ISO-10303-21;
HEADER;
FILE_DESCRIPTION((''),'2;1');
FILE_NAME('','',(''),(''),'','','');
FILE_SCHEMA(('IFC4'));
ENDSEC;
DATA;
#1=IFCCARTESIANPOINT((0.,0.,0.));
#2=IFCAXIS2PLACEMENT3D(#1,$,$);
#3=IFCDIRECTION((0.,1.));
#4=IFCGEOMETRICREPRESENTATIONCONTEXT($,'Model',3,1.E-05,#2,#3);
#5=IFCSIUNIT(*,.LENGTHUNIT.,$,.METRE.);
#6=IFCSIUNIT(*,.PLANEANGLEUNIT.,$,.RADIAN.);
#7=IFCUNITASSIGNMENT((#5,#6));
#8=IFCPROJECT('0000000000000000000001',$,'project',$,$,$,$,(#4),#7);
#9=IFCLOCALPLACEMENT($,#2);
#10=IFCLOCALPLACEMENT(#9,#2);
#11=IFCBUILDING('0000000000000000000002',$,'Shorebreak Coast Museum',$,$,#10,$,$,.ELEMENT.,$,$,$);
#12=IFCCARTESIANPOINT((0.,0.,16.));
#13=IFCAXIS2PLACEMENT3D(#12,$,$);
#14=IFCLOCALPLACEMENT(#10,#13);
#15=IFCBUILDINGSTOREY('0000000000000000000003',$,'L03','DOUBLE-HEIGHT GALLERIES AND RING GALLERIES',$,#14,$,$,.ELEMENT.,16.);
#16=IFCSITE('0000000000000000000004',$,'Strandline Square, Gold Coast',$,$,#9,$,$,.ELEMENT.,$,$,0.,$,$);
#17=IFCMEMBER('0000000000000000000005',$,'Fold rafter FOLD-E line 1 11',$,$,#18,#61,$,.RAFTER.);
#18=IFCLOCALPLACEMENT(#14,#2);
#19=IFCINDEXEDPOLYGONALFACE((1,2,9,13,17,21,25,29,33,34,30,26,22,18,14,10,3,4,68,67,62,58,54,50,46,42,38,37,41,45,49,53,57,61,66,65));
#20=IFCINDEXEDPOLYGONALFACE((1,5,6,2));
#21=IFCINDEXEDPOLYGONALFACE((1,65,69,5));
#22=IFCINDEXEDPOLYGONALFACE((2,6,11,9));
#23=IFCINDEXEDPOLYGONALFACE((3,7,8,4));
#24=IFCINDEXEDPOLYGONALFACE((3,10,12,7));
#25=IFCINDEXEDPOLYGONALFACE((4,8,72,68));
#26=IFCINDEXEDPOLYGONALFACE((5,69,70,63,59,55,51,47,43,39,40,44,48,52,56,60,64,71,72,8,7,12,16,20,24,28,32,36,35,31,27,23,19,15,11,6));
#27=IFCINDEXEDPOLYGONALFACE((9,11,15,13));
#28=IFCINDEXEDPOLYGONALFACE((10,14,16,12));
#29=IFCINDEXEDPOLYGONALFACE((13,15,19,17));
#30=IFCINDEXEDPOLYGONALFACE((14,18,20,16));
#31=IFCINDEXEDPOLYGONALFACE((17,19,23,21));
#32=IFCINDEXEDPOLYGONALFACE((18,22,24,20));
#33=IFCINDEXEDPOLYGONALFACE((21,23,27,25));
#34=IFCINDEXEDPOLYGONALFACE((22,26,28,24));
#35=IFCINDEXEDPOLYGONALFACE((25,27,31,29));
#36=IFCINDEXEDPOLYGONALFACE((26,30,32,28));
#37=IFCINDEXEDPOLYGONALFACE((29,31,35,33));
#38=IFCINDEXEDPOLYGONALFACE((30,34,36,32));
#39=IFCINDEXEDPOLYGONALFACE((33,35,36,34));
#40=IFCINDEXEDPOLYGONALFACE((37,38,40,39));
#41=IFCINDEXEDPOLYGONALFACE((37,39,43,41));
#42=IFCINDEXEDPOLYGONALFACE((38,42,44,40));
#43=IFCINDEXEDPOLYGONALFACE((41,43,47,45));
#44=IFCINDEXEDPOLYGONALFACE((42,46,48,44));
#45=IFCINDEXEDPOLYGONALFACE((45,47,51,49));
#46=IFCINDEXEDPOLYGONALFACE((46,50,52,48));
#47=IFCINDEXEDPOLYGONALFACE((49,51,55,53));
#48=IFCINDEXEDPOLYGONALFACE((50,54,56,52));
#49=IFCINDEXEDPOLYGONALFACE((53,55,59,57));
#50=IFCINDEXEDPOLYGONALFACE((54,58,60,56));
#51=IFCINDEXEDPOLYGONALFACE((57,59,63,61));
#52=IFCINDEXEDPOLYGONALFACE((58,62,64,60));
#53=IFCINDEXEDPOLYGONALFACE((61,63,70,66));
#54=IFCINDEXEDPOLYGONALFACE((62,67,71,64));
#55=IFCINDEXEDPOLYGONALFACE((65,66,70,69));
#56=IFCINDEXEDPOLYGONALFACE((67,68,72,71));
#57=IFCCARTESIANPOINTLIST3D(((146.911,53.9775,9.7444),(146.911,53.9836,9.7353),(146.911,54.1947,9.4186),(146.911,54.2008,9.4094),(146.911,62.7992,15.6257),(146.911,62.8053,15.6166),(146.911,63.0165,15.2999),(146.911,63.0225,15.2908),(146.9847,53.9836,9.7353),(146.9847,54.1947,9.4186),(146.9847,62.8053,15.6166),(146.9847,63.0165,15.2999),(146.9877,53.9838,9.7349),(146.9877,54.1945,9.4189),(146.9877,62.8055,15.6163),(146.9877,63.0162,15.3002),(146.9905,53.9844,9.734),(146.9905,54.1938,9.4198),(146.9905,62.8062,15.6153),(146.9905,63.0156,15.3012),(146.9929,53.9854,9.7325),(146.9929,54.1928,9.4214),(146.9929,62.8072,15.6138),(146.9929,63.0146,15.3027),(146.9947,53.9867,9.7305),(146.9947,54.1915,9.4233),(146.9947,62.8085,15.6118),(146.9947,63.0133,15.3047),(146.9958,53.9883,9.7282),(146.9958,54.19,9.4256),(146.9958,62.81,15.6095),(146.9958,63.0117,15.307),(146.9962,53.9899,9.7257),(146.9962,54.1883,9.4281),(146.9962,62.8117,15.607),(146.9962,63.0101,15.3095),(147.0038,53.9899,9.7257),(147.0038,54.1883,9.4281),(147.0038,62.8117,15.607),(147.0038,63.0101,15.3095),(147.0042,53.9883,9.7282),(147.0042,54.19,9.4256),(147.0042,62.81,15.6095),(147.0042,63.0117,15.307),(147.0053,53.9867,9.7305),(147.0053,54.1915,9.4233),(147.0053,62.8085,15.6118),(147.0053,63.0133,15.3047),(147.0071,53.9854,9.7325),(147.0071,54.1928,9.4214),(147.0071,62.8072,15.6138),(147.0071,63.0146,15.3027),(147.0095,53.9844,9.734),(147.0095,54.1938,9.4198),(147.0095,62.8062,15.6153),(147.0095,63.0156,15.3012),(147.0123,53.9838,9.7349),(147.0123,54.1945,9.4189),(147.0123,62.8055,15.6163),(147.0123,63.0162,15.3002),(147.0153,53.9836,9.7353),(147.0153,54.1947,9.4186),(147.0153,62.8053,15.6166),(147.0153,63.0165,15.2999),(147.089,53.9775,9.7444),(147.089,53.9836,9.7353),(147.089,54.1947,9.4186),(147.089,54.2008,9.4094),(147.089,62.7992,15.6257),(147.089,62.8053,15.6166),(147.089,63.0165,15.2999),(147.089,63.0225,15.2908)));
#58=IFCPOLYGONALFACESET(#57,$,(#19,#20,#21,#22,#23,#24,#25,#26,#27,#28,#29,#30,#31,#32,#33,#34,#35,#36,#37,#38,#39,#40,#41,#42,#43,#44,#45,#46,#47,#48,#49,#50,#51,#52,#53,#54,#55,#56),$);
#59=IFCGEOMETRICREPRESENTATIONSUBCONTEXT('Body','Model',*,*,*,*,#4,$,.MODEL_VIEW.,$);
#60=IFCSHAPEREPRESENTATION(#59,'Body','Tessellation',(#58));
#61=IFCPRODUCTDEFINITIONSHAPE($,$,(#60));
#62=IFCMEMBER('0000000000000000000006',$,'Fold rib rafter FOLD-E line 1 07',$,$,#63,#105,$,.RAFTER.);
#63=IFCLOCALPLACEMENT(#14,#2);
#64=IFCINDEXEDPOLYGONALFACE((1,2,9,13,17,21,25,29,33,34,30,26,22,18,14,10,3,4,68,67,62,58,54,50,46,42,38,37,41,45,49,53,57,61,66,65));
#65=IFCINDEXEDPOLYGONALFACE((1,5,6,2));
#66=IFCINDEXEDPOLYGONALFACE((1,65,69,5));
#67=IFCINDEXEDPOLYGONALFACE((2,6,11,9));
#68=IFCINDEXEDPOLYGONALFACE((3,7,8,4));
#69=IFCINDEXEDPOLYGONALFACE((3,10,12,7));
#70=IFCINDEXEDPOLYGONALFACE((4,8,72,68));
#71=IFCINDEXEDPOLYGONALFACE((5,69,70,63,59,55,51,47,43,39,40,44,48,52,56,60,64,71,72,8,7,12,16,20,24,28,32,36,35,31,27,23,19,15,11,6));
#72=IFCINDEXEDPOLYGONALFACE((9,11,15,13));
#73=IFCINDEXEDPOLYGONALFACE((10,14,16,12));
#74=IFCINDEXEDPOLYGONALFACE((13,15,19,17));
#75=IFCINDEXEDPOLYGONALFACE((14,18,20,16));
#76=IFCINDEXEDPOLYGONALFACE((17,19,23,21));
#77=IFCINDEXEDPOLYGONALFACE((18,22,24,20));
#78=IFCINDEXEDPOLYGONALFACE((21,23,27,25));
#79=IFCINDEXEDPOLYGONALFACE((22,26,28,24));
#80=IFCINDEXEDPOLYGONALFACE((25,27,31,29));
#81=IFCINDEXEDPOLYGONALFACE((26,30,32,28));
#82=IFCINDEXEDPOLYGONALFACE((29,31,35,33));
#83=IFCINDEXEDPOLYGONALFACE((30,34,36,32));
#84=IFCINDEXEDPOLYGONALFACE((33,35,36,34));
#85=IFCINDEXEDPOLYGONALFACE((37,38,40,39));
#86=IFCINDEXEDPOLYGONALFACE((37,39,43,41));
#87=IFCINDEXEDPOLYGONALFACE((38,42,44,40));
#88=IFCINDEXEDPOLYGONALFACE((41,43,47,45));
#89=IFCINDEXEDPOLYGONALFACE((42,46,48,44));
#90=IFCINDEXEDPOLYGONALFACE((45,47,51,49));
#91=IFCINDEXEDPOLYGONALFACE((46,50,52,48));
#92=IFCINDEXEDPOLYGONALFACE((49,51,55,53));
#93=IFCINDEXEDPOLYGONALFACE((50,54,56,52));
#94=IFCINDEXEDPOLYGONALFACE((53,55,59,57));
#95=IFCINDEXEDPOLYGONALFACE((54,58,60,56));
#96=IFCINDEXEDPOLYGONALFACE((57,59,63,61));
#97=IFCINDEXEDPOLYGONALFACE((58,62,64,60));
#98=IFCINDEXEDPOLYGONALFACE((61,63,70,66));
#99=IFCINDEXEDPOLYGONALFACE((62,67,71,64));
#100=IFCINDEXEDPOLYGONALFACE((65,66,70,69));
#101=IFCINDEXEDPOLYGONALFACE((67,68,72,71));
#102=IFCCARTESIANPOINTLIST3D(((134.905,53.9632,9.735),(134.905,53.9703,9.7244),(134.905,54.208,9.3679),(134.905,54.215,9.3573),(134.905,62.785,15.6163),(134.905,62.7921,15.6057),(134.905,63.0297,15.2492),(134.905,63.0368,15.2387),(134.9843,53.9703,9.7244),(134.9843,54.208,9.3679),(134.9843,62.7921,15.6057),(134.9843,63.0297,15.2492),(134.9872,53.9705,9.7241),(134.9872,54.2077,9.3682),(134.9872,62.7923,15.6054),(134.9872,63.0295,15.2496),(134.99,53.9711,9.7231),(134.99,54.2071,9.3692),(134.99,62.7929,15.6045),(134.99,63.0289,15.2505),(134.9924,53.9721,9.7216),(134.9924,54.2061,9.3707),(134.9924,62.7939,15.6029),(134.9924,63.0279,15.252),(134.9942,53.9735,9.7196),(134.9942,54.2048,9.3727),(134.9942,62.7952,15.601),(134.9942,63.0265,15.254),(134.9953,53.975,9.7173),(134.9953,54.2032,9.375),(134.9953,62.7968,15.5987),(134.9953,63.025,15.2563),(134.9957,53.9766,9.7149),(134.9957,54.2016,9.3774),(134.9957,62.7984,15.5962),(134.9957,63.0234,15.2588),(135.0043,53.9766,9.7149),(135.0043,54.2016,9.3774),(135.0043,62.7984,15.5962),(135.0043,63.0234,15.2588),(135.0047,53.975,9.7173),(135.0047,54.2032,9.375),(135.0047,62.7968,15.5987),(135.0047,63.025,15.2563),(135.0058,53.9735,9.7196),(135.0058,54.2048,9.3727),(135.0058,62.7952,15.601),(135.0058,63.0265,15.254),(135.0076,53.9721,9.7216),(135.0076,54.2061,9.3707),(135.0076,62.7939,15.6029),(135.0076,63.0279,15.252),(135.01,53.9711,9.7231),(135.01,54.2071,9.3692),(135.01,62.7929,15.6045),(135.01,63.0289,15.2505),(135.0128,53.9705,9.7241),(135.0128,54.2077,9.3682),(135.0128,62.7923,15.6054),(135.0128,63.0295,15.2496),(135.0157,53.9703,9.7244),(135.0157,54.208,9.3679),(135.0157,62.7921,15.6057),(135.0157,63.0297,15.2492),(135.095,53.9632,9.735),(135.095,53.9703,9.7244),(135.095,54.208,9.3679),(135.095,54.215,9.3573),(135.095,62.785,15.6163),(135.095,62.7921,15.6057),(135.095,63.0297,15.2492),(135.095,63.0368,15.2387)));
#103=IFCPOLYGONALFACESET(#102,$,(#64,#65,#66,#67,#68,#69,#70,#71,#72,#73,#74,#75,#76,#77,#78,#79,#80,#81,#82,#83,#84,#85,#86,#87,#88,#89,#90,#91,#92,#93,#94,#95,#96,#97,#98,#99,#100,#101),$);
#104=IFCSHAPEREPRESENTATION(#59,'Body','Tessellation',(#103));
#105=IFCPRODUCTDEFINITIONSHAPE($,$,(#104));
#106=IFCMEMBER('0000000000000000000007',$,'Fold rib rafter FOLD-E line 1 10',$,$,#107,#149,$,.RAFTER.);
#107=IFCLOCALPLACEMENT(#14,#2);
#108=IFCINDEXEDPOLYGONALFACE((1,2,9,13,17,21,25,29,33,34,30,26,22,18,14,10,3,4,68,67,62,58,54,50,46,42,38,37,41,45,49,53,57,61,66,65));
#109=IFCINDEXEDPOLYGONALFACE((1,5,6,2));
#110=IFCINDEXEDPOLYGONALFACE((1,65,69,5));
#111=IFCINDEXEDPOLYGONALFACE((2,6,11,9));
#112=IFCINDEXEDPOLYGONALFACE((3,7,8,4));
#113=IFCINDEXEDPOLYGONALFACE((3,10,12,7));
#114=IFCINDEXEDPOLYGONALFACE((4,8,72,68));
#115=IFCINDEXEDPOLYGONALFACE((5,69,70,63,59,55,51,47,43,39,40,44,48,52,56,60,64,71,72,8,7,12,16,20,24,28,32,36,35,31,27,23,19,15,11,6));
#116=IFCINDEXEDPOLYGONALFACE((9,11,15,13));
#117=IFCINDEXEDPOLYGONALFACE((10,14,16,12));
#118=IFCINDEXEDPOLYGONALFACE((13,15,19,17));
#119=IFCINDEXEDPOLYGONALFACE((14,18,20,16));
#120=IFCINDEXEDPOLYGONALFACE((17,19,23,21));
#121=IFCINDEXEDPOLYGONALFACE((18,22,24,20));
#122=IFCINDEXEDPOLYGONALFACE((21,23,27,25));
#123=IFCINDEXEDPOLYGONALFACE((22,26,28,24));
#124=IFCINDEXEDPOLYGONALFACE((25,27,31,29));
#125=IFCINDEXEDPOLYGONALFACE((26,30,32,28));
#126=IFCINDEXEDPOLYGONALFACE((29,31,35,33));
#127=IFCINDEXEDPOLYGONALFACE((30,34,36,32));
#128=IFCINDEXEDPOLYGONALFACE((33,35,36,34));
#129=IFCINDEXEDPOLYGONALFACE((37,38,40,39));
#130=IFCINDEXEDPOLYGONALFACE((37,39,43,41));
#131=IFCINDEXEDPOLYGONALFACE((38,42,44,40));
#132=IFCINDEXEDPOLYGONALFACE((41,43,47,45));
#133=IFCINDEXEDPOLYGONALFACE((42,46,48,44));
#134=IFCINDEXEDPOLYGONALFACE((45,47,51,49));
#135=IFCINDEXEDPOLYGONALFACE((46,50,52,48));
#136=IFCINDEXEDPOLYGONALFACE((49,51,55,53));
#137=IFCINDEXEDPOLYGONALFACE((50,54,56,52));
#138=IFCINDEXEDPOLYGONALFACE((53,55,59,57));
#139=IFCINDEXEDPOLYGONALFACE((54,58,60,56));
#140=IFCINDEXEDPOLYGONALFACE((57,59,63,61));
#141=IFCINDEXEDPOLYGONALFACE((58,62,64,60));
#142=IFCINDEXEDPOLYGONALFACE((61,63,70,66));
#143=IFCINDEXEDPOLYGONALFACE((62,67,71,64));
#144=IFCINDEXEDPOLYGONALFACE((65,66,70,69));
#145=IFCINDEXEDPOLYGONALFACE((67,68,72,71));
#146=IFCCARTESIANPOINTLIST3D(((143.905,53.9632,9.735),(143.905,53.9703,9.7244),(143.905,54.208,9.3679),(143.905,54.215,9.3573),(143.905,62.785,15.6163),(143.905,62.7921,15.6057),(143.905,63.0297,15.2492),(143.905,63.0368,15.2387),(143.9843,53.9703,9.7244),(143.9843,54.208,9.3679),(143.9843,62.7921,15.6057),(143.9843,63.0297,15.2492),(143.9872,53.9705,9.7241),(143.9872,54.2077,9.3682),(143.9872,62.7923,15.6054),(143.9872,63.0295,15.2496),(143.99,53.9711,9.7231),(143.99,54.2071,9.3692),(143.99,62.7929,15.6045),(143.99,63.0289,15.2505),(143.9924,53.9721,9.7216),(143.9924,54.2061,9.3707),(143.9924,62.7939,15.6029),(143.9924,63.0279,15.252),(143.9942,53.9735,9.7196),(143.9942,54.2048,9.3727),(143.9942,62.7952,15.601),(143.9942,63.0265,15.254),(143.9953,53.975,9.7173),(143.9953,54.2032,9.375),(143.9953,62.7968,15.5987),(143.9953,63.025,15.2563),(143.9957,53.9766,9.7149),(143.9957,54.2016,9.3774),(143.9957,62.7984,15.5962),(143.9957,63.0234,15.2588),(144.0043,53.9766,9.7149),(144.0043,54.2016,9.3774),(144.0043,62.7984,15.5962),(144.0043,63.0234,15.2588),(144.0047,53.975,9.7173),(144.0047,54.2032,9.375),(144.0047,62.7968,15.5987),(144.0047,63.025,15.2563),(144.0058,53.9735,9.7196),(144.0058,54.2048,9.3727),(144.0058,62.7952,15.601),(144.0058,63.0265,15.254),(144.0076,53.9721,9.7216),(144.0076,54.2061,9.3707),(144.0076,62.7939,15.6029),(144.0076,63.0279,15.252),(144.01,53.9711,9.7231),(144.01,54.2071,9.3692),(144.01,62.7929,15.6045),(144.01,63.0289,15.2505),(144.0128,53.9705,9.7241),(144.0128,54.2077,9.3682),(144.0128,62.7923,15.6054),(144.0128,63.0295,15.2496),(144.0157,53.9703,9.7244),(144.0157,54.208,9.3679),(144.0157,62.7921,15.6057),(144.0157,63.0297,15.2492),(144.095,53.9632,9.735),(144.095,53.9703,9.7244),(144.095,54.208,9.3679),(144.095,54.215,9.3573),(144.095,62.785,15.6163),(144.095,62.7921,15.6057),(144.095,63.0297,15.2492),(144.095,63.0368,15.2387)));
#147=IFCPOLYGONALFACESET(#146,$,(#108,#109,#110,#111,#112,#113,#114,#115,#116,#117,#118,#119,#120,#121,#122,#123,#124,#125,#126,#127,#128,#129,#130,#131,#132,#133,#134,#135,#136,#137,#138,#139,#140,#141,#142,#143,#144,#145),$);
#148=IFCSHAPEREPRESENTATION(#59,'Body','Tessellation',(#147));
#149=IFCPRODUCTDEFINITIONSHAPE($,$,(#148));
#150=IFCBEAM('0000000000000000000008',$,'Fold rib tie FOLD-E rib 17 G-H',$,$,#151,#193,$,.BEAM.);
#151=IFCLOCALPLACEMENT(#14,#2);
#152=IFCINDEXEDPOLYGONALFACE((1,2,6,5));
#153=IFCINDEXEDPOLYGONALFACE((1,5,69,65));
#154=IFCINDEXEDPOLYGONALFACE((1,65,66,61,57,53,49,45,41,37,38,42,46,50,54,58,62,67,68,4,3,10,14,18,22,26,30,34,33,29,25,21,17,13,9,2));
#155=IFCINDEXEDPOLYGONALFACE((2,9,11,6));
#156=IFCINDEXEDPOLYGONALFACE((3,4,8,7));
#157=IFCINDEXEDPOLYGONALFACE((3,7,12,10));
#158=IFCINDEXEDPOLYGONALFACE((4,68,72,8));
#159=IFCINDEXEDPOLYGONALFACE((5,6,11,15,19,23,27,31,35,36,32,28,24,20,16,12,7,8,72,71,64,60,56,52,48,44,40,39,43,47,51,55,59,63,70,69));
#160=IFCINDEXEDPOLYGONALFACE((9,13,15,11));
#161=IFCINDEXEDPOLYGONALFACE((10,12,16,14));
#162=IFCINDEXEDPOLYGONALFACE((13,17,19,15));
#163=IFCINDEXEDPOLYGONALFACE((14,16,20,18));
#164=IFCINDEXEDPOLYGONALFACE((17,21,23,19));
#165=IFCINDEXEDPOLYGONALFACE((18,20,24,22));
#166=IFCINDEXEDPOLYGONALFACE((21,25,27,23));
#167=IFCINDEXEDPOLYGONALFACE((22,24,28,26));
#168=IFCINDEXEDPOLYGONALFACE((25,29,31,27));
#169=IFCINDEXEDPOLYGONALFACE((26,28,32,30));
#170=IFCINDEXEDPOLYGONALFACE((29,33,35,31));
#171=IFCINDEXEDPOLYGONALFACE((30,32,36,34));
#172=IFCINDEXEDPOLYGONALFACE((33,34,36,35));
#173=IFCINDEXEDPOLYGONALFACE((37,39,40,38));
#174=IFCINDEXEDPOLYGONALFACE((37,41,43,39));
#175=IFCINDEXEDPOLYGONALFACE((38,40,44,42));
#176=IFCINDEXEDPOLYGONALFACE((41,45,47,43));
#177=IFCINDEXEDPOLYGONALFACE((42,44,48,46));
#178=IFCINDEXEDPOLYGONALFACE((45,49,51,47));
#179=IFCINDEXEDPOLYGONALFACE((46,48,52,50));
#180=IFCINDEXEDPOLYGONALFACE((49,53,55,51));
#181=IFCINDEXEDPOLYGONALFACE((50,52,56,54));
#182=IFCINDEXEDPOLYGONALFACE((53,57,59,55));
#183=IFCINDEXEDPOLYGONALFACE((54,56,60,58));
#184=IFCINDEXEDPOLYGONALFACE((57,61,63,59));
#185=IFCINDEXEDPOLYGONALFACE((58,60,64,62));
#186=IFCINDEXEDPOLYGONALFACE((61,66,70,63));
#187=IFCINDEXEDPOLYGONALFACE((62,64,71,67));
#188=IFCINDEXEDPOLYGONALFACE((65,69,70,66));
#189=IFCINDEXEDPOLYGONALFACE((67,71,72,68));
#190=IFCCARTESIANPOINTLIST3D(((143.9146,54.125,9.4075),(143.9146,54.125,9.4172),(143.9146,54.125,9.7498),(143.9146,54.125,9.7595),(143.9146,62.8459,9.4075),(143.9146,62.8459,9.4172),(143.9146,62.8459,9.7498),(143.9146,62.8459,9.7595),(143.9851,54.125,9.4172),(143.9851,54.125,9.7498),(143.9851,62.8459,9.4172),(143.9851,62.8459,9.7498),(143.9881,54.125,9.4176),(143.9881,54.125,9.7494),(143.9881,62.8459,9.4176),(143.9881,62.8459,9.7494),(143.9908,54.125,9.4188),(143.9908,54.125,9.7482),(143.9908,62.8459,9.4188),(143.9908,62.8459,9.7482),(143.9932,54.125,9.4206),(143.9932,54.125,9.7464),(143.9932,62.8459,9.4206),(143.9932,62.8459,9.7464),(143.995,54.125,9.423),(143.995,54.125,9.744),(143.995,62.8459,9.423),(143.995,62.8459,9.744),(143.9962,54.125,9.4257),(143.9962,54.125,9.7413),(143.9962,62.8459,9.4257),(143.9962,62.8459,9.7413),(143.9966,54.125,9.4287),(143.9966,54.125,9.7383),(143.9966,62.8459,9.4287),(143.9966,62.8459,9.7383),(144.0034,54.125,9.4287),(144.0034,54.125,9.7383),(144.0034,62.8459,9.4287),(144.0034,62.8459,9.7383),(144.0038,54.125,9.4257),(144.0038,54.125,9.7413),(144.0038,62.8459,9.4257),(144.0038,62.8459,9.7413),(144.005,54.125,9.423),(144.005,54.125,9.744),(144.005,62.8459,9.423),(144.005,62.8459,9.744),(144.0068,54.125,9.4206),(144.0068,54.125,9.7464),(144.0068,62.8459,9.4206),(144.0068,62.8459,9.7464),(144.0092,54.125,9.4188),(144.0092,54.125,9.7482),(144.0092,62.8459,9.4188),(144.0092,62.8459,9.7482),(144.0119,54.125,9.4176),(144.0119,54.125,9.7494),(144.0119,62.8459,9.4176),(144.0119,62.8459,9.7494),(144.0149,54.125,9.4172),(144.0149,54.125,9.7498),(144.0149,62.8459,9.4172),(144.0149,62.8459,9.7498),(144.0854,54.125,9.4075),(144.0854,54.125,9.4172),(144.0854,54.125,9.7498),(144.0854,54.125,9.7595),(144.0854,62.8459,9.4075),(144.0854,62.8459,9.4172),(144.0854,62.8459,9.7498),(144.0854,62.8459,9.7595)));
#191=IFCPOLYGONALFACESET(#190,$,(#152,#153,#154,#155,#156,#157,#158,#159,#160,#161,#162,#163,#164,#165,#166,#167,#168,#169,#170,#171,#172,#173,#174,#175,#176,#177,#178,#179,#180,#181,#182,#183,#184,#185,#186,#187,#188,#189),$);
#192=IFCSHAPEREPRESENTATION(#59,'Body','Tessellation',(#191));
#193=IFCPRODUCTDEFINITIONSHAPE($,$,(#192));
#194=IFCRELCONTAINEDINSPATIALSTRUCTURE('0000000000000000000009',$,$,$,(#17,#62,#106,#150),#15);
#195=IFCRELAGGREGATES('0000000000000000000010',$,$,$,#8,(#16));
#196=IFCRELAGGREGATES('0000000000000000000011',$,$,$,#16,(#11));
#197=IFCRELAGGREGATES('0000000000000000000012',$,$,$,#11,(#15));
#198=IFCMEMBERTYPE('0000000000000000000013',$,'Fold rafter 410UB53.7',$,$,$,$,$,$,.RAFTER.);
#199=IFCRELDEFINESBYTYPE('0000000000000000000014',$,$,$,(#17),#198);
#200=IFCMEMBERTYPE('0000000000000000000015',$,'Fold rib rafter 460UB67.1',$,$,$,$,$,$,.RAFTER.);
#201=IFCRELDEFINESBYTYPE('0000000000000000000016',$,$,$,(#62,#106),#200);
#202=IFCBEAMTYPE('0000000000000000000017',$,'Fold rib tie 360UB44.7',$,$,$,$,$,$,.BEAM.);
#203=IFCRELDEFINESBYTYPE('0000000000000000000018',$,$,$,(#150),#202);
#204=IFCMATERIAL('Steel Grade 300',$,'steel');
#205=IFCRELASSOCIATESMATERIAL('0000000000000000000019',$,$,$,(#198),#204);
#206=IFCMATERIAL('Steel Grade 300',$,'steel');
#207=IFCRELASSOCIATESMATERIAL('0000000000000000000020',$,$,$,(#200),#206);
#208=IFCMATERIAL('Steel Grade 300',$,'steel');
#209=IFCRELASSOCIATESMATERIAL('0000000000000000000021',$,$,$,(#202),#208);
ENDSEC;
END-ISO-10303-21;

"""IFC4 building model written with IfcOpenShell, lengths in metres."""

from ifc_helpers import new_model, si_unit, direction, frame, origin, origin_2d, place, context, subcontext, project, spatial, i_section, extrude, material, material_profile, profile_set, type_object, element, save


model = new_model("IFC4")

# Units and contexts
model_context = context("Model", 3, precision=1e-05, world=origin(), true_north=direction((0.0, 1.0)))
body_context = subcontext(model_context, "Body", "Model", "MODEL_VIEW")
ifc_project = project(units=[si_unit("LENGTHUNIT", "METRE"), si_unit("PLANEANGLEUNIT", "RADIAN")], contexts=[model_context])

# Site, building, storey
site_placement = place(None, origin())
site = spatial("IfcSite", under=ifc_project, at=site_placement, Name="Strandline Square, Gold Coast", CompositionType="ELEMENT", RefElevation=0.0)
building_placement = place(site_placement, origin())
building = spatial("IfcBuilding", under=site, at=building_placement, Name="Shorebreak Coast Museum", CompositionType="ELEMENT")
storey_placement = place(building_placement, frame((0.0, 0.0, 16.0)))
storey = spatial("IfcBuildingStorey", under=building, at=storey_placement, Name="L03", Description="DOUBLE-HEIGHT GALLERIES AND RING GALLERIES", CompositionType="ELEMENT", Elevation=16.0)

# Members
ifc_material_1 = material(Name="Steel Grade 300", Category="steel")
ifc_material_profile_1 = material_profile(ifc_material_1, i_section(OverallWidth=0.178, OverallDepth=0.4026, WebThickness=0.0076, FlangeThickness=0.011, FilletRadius=0.0115, at=origin_2d()), Name="410UB53.7")
ifc_profile_set_1 = profile_set([ifc_material_profile_1], Name="Steel Grade 300")
member_type_1 = type_object("IfcMemberType", Name="Fold rafter 410UB53.7", PredefinedType="RAFTER", material=ifc_profile_set_1)
for number, where, z_axis, x_axis, name in (
    (1, (147.0, 62.9109, 15.4583), (0.0, -0.832043, -0.554711), (1.0, 0.0, 0.0), "Fold rafter FOLD-E line 1 11"),
):
    element("IfcMember", number, at=place(storey_placement, frame(where, z_axis=z_axis, x_axis=x_axis)), inside=storey, type_object=member_type_1, Name=name, PredefinedType="RAFTER", context=body_context, shape_type="SweptSolid", body=[
        extrude(i_section(OverallWidth=0.178, OverallDepth=0.4026, WebThickness=0.0076, FlangeThickness=0.011, FilletRadius=0.0115, at=origin_2d()), origin(), (0.0, 0.0, 1.0), 10.6025),
    ])
ifc_material_2 = material(Name="Steel Grade 300", Category="steel")
ifc_material_profile_2 = material_profile(ifc_material_2, i_section(OverallWidth=0.1899, OverallDepth=0.4539, WebThickness=0.0085, FlangeThickness=0.0127, FilletRadius=0.0115, at=origin_2d()), Name="460UB67.1")
ifc_profile_set_2 = profile_set([ifc_material_profile_2], Name="Steel Grade 300")
member_type_2 = type_object("IfcMemberType", Name="Fold rib rafter 460UB67.1", PredefinedType="RAFTER", material=ifc_profile_set_2)
for number, where, z_axis, x_axis, name in (
    (2, (135.0, 62.9109, 15.4275), (0.0, -0.832043, -0.554711), (1.0, 0.0, 0.0), "Fold rib rafter FOLD-E line 1 07"),
    (3, (144.0, 62.9109, 15.4275), (0.0, -0.832043, -0.554711), (1.0, 0.0, 0.0), "Fold rib rafter FOLD-E line 1 10"),
):
    element("IfcMember", number, at=place(storey_placement, frame(where, z_axis=z_axis, x_axis=x_axis)), inside=storey, type_object=member_type_2, Name=name, PredefinedType="RAFTER", context=body_context, shape_type="SweptSolid", body=[
        extrude(i_section(OverallWidth=0.1899, OverallDepth=0.4539, WebThickness=0.0085, FlangeThickness=0.0127, FilletRadius=0.0115, at=origin_2d()), origin(), (0.0, 0.0, 1.0), 10.6025),
    ])

# Beam
ifc_material_3 = material(Name="Steel Grade 300", Category="steel")
ifc_material_profile_3 = material_profile(ifc_material_3, i_section(OverallWidth=0.1709, OverallDepth=0.3521, WebThickness=0.0068, FlangeThickness=0.0098, FilletRadius=0.0115, at=origin_2d()), Name="360UB44.7")
ifc_profile_set_3 = profile_set([ifc_material_profile_3], Name="Steel Grade 300")
beam_type_1 = type_object("IfcBeamType", Name="Fold rib tie 360UB44.7", PredefinedType="BEAM", material=ifc_profile_set_3)
beam_placement = place(storey_placement, frame((144.0, 54.125, 9.5835), z_axis=(0.0, 1.0, 0.0), x_axis=(-1.0, 0.0, 0.0)))
element("IfcBeam", 4, at=beam_placement, inside=storey, type_object=beam_type_1, Name="Fold rib tie FOLD-E rib 17 G-H", PredefinedType="BEAM", context=body_context, shape_type="SweptSolid", body=[
    extrude(i_section(OverallWidth=0.1709, OverallDepth=0.3521, WebThickness=0.0068, FlangeThickness=0.0098, FilletRadius=0.0115, at=origin_2d()), origin(), (0.0, 0.0, 1.0), 8.7209),
])

save(model, "model.ifc")
